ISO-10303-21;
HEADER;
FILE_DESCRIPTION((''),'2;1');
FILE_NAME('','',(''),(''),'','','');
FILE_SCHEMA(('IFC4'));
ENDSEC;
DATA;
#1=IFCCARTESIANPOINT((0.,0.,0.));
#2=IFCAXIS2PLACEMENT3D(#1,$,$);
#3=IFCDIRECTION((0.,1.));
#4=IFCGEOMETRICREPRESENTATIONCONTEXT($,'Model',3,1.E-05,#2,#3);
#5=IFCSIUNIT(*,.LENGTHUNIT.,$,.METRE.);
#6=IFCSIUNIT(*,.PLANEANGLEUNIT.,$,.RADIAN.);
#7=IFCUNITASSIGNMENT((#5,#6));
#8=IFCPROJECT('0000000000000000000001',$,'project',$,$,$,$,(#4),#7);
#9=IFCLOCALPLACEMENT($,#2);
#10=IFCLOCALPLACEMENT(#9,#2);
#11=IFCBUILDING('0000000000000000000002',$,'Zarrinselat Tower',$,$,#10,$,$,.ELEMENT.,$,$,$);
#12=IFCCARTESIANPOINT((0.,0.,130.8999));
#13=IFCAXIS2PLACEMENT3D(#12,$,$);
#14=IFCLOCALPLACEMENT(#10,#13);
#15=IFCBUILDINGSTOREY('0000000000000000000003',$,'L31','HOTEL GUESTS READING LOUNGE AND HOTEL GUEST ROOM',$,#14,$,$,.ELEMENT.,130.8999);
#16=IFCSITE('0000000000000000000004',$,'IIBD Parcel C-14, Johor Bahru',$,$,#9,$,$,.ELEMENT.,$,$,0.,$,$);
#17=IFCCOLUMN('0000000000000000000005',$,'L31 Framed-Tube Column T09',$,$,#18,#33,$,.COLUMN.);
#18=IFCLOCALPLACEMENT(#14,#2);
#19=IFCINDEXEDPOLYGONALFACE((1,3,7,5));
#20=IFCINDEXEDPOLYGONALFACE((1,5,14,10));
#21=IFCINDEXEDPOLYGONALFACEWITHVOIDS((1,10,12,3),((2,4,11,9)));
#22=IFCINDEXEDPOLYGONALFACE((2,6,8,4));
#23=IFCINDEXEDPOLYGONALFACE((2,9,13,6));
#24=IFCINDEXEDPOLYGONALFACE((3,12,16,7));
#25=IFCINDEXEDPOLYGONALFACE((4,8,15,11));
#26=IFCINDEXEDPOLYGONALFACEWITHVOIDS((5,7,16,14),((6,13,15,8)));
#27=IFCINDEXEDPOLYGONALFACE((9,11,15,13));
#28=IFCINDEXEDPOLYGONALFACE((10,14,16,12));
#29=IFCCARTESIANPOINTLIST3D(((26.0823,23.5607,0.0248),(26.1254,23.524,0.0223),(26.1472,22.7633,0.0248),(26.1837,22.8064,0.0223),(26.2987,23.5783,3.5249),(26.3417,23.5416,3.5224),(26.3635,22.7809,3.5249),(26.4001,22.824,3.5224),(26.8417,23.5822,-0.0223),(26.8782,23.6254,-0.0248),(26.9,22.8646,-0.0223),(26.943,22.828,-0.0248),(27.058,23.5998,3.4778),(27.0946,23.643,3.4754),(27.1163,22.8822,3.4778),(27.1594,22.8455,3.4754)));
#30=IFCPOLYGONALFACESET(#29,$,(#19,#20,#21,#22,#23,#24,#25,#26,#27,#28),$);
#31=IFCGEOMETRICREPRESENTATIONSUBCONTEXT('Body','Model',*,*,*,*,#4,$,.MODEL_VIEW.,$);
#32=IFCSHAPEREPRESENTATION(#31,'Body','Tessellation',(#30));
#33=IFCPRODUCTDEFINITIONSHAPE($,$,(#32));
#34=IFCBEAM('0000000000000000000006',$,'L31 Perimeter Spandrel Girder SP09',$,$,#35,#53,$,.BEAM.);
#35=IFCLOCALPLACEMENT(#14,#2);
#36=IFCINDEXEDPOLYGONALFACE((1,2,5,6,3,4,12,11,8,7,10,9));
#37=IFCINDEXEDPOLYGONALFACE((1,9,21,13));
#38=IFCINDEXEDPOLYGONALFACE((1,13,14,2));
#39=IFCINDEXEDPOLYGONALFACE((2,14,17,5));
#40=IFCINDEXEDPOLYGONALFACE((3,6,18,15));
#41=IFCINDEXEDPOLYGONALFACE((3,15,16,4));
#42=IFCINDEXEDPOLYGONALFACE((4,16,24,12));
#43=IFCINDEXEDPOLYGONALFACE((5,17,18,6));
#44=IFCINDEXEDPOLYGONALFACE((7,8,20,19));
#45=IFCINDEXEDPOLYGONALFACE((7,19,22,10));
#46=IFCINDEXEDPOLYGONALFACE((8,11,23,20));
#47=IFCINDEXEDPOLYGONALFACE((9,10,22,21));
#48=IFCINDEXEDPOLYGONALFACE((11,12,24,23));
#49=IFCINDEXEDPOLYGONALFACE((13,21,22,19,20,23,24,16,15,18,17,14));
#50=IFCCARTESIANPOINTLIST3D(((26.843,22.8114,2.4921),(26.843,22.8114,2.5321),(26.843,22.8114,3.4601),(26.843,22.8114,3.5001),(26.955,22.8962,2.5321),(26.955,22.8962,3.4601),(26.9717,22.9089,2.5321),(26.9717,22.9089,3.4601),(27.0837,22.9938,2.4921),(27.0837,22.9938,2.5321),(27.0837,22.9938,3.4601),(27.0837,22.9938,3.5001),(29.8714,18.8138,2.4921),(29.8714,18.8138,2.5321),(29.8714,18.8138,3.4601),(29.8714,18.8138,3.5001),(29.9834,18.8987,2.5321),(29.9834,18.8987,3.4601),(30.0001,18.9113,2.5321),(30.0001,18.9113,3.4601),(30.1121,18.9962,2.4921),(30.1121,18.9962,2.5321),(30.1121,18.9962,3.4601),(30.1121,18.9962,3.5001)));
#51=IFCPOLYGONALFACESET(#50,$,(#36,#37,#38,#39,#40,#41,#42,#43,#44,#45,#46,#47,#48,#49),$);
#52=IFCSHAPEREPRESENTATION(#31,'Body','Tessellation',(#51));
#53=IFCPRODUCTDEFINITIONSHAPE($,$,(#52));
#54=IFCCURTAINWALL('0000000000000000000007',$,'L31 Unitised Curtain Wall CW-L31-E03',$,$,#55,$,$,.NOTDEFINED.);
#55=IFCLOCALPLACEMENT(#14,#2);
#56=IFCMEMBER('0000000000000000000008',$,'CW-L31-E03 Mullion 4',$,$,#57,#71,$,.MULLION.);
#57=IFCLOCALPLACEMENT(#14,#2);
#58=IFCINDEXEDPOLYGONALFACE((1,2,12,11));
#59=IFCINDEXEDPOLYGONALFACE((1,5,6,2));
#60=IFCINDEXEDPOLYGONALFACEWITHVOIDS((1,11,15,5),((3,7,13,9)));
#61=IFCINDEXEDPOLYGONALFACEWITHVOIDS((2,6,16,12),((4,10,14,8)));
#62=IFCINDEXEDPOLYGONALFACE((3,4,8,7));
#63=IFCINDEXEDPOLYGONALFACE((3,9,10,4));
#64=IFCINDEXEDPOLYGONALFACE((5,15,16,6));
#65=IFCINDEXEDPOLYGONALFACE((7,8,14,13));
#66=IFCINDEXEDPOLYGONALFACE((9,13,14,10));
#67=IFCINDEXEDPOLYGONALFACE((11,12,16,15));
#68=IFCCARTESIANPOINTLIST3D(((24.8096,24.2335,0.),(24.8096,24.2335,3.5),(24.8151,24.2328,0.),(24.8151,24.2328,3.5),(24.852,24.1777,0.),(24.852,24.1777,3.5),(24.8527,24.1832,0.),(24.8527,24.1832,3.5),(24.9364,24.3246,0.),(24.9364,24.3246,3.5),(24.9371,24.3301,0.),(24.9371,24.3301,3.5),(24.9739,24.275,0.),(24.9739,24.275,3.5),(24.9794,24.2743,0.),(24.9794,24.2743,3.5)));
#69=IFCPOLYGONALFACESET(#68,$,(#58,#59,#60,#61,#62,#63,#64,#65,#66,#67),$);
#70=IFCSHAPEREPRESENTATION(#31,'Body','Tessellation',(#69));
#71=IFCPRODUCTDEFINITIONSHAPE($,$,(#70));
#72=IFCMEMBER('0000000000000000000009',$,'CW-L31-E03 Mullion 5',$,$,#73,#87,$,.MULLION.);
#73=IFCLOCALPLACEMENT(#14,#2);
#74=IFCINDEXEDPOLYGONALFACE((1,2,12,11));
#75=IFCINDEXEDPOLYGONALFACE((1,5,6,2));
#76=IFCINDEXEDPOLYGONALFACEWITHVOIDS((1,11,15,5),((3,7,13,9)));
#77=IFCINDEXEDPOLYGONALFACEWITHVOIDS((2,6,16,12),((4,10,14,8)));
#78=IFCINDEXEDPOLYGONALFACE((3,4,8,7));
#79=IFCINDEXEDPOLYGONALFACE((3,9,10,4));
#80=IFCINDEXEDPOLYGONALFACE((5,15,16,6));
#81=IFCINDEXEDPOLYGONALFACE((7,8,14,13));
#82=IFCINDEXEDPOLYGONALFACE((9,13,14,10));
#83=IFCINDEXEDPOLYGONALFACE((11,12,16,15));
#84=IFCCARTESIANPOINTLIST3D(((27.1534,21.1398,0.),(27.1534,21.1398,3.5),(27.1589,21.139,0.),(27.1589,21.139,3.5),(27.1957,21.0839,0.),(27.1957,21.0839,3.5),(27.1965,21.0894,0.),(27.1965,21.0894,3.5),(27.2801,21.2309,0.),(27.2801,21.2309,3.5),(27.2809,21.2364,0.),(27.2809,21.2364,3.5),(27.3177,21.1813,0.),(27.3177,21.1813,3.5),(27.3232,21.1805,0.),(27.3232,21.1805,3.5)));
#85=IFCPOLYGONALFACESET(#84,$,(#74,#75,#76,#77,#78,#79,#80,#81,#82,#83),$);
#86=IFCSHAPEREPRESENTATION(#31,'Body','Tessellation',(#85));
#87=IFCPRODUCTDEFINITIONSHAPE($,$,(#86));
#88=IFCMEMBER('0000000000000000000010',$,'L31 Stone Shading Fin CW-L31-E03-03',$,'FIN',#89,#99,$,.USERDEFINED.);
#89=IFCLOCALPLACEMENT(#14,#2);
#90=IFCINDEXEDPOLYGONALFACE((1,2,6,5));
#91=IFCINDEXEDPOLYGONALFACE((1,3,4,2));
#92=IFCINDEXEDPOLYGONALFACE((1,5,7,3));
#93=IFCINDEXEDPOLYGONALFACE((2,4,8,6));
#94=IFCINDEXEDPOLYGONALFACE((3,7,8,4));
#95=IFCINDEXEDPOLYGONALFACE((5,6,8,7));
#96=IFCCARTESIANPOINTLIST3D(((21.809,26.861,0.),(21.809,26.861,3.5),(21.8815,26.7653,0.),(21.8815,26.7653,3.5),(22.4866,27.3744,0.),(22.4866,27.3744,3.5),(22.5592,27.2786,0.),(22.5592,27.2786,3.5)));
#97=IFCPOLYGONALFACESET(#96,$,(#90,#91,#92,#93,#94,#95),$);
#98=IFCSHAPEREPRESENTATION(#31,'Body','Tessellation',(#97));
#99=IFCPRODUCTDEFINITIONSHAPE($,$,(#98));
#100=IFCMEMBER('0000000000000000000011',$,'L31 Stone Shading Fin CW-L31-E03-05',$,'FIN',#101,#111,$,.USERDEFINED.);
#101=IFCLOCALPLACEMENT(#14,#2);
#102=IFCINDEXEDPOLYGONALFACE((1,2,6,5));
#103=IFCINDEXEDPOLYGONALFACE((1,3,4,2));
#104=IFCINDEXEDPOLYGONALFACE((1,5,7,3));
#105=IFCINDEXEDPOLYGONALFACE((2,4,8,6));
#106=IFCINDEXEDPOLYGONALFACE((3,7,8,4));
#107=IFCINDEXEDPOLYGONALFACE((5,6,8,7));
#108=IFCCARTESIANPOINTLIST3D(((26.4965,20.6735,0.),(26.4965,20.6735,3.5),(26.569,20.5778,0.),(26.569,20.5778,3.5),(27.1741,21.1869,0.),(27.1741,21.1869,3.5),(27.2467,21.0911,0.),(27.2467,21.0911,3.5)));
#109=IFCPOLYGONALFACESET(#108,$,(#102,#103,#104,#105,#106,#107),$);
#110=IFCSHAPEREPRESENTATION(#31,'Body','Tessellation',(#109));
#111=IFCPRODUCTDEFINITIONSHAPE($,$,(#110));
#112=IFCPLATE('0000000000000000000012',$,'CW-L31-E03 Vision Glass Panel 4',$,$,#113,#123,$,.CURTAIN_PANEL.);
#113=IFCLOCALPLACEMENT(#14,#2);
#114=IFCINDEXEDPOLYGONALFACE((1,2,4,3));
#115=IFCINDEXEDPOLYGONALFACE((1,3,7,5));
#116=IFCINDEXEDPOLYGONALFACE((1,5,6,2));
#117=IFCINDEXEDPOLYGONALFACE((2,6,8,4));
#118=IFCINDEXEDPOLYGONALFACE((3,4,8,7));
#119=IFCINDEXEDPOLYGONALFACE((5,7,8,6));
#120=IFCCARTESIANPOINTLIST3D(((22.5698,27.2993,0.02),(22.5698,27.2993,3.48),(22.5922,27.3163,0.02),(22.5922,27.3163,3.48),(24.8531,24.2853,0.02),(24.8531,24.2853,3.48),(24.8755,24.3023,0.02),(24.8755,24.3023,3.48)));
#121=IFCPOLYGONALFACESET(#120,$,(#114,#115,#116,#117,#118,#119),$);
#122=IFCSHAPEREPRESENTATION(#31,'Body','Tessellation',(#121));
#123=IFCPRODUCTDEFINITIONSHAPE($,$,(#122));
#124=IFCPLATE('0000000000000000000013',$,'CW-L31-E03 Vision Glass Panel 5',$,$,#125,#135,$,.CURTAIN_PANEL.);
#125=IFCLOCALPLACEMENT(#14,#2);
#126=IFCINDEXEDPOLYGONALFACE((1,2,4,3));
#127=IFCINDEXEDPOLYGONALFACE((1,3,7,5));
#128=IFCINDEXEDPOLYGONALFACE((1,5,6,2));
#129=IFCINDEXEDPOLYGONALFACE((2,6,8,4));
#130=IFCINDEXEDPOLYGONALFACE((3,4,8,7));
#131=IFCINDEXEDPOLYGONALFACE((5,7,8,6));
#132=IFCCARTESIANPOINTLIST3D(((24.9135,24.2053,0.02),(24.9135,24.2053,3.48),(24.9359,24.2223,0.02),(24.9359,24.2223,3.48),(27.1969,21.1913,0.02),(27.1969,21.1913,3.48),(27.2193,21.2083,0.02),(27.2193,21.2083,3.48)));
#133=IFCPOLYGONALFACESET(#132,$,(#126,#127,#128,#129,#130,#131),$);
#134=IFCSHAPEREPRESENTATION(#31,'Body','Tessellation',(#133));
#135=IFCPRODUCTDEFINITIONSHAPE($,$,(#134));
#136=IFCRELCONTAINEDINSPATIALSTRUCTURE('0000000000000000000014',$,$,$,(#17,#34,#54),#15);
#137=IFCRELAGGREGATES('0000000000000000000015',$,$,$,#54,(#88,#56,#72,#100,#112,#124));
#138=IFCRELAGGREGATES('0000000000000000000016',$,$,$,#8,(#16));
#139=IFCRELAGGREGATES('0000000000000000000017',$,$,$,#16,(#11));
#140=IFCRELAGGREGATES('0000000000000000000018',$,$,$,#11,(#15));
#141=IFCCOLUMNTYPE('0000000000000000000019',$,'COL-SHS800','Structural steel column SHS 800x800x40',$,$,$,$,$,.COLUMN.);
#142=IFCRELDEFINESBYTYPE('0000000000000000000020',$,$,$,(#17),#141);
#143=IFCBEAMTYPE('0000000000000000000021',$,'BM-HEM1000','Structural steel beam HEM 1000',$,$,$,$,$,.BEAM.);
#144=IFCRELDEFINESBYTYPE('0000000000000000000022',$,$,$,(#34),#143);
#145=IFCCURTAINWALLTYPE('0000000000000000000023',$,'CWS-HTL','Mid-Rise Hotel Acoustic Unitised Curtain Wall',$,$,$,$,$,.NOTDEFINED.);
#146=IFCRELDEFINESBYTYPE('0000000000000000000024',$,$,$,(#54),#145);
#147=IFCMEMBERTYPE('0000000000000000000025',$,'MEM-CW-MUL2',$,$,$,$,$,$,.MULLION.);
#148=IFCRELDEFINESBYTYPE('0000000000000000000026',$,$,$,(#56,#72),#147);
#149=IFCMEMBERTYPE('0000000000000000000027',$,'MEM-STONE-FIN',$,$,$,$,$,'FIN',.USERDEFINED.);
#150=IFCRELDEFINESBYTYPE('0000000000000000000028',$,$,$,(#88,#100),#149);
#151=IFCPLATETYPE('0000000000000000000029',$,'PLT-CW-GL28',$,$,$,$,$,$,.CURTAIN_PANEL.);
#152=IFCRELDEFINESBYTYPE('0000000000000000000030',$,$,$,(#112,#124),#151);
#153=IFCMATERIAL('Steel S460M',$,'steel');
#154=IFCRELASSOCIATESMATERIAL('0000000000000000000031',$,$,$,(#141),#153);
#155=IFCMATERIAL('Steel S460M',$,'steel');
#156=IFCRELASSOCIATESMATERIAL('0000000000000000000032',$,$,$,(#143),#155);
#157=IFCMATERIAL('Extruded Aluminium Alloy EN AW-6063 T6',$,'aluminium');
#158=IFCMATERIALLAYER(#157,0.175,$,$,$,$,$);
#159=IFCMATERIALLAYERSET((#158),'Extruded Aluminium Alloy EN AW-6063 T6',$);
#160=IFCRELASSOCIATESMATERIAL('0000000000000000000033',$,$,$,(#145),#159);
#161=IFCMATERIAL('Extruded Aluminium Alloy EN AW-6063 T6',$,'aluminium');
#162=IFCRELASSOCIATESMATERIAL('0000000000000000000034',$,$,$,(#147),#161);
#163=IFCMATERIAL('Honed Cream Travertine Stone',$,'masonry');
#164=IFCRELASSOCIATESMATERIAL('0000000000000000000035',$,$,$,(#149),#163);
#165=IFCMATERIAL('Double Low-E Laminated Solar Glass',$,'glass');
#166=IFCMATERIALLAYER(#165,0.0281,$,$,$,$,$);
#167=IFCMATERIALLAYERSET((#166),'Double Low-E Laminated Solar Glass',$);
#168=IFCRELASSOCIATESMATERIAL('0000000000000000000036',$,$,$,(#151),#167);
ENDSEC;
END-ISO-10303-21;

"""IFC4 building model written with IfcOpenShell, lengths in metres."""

from ifc_helpers import new_model, si_unit, direction, frame, origin, origin_2d, place, context, subcontext, project, spatial, rectangle, hollow_rectangle, i_section, extrude, material, layer, layer_set, material_profile, profile_set, type_object, element, aggregate, save


model = new_model("IFC4")

# Units and contexts
model_context = context("Model", 3, precision=1e-05, world=origin(), true_north=direction((0.0, 1.0)))
body_context = subcontext(model_context, "Body", "Model", "MODEL_VIEW")
ifc_project = project(units=[si_unit("LENGTHUNIT", "METRE"), si_unit("PLANEANGLEUNIT", "RADIAN")], contexts=[model_context])

# Site, building, storey
site_placement = place(None, origin())
site = spatial("IfcSite", under=ifc_project, at=site_placement, Name="IIBD Parcel C-14, Johor Bahru", CompositionType="ELEMENT", RefElevation=0.0)
building_placement = place(site_placement, origin())
building = spatial("IfcBuilding", under=site, at=building_placement, Name="Zarrinselat Tower", CompositionType="ELEMENT")
storey_placement = place(building_placement, frame((0.0, 0.0, 130.8999)))
storey = spatial("IfcBuildingStorey", under=building, at=storey_placement, Name="L31", Description="HOTEL GUESTS READING LOUNGE AND HOTEL GUEST ROOM", CompositionType="ELEMENT", Elevation=130.8999)

# Column
ifc_material_1 = material(Name="Steel S460M", Category="steel")
ifc_material_profile_1 = material_profile(ifc_material_1, hollow_rectangle(XDim=0.8, YDim=0.8, WallThickness=0.04, at=origin_2d()), Name="SHS 800x800x40")
ifc_profile_set_1 = profile_set([ifc_material_profile_1], Name="Steel S460M")
column_type = type_object("IfcColumnType", Name="COL-SHS800", Description="Structural steel column SHS 800x800x40", PredefinedType="COLUMN", material=ifc_profile_set_1)
column_placement = place(storey_placement, frame((26.5127, 23.1943, 0.0), z_axis=(0.061684, 0.005013, 0.998083), x_axis=(-0.080997, 0.996714, 0.0)))
element("IfcColumn", 1, at=column_placement, inside=storey, type_object=column_type, Name="L31 Framed-Tube Column T09", PredefinedType="COLUMN", context=body_context, shape_type="SweptSolid", body=[
    extrude(hollow_rectangle(XDim=0.8, YDim=0.8, WallThickness=0.04, at=origin_2d()), origin(), (0.0, 0.0, 1.0), 3.5068),
])

# Beam
ifc_material_2 = material(Name="Steel S460M", Category="steel")
ifc_material_profile_2 = material_profile(ifc_material_2, i_section(OverallWidth=0.302, OverallDepth=1.0081, WebThickness=0.021, FlangeThickness=0.04, at=origin_2d()), Name="HEM 1000")
ifc_profile_set_2 = profile_set([ifc_material_profile_2], Name="Steel S460M")
beam_type = type_object("IfcBeamType", Name="BM-HEM1000", Description="Structural steel beam HEM 1000", PredefinedType="BEAM", material=ifc_profile_set_2)
beam_placement = place(storey_placement, frame((26.9634, 22.9026, 2.9961), z_axis=(0.603841, -0.797105, 0.0), x_axis=(0.797105, 0.603841, 0.0)))
element("IfcBeam", 2, at=beam_placement, inside=storey, type_object=beam_type, Name="L31 Perimeter Spandrel Girder SP09", PredefinedType="BEAM", context=body_context, shape_type="SweptSolid", body=[
    extrude(i_section(OverallWidth=0.302, OverallDepth=1.0081, WebThickness=0.021, FlangeThickness=0.04, at=origin_2d()), origin(), (0.0, 0.0, 1.0), 5.0151),
])

# Curtain wall, members, plates
ifc_material_3 = material(Name="Extruded Aluminium Alloy EN AW-6063 T6", Category="aluminium")
ifc_layer_1 = layer(ifc_material_3, 0.175)
ifc_layer_set_1 = layer_set([ifc_layer_1], Name="Extruded Aluminium Alloy EN AW-6063 T6")
curtain_wall_type = type_object("IfcCurtainWallType", Name="CWS-HTL", Description="Mid-Rise Hotel Acoustic Unitised Curtain Wall", PredefinedType="NOTDEFINED", material=ifc_layer_set_1)
curtain_wall_placement = place(storey_placement, origin())
curtain_wall = element("IfcCurtainWall", 3, at=curtain_wall_placement, inside=storey, type_object=curtain_wall_type, Name="L31 Unitised Curtain Wall CW-L31-E03", PredefinedType="NOTDEFINED")
ifc_material_4 = material(Name="Extruded Aluminium Alloy EN AW-6063 T6", Category="aluminium")
ifc_material_profile_3 = material_profile(ifc_material_4, hollow_rectangle(XDim=0.0701, YDim=0.1599, WallThickness=0.0039, at=origin_2d()), Name="RHS 160x70x4")
ifc_profile_set_3 = profile_set([ifc_material_profile_3], Name="Extruded Aluminium Alloy EN AW-6063 T6")
member_type_1 = type_object("IfcMemberType", Name="MEM-CW-MUL2", PredefinedType="MULLION", material=ifc_profile_set_3)
member_1_placement = place(storey_placement, frame((24.8945, 24.2539, 0.0), z_axis=(0.0, 0.0, 1.0), x_axis=(0.603858, -0.797092, 0.0)))
member_1 = element("IfcMember", 4, at=member_1_placement, type_object=member_type_1, Name="CW-L31-E03 Mullion 4", PredefinedType="MULLION", context=body_context, shape_type="SweptSolid", body=[
    extrude(hollow_rectangle(XDim=0.0701, YDim=0.1599, WallThickness=0.0039, at=origin_2d()), origin(), (0.0, 0.0, 1.0), 3.5),
])
member_2_placement = place(storey_placement, frame((27.2383, 21.1602, 0.0), z_axis=(0.0, 0.0, 1.0), x_axis=(0.603858, -0.797092, 0.0)))
member_2 = element("IfcMember", 5, at=member_2_placement, type_object=member_type_1, Name="CW-L31-E03 Mullion 5", PredefinedType="MULLION", context=body_context, shape_type="SweptSolid", body=[
    extrude(hollow_rectangle(XDim=0.0701, YDim=0.1599, WallThickness=0.0039, at=origin_2d()), origin(), (0.0, 0.0, 1.0), 3.5),
])
ifc_material_5 = material(Name="Honed Cream Travertine Stone", Category="masonry")
ifc_material_profile_4 = material_profile(ifc_material_5, rectangle(XDim=0.1201, YDim=0.8501, at=origin_2d()), Name="FIN 850x120")
ifc_profile_set_4 = profile_set([ifc_material_profile_4], Name="Honed Cream Travertine Stone")
member_type_2 = type_object("IfcMemberType", Name="MEM-STONE-FIN", ElementType="FIN", PredefinedType="USERDEFINED", material=ifc_profile_set_4)
member_3_placement = place(storey_placement, frame((22.1841, 27.0698, 0.0), z_axis=(0.0, 0.0, 1.0), x_axis=(-0.603858, 0.797092, 0.0)))
member_3 = element("IfcMember", 6, at=member_3_placement, type_object=member_type_2, Name="L31 Stone Shading Fin CW-L31-E03-03", ObjectType="FIN", PredefinedType="USERDEFINED", context=body_context, shape_type="SweptSolid", body=[
    extrude(rectangle(XDim=0.1201, YDim=0.8501, at=origin_2d()), origin(), (0.0, 0.0, 1.0), 3.5),
])
member_4_placement = place(storey_placement, frame((26.8716, 20.8823, 0.0), z_axis=(0.0, 0.0, 1.0), x_axis=(-0.603858, 0.797092, 0.0)))
member_4 = element("IfcMember", 7, at=member_4_placement, type_object=member_type_2, Name="L31 Stone Shading Fin CW-L31-E03-05", ObjectType="FIN", PredefinedType="USERDEFINED", context=body_context, shape_type="SweptSolid", body=[
    extrude(rectangle(XDim=0.1201, YDim=0.8501, at=origin_2d()), origin(), (0.0, 0.0, 1.0), 3.5),
])
ifc_material_6 = material(Name="Double Low-E Laminated Solar Glass", Category="glass")
ifc_layer_2 = layer(ifc_material_6, 0.0281)
ifc_layer_set_2 = layer_set([ifc_layer_2], Name="Double Low-E Laminated Solar Glass")
plate_type = type_object("IfcPlateType", Name="PLT-CW-GL28", PredefinedType="CURTAIN_PANEL", material=ifc_layer_set_2)
plate_1_placement = place(storey_placement, frame((23.7227, 25.8008, 0.02), z_axis=(0.0, 0.0, 1.0), x_axis=(0.603858, -0.797092, 0.0)))
plate_1 = element("IfcPlate", 8, at=plate_1_placement, type_object=plate_type, Name="CW-L31-E03 Vision Glass Panel 4", PredefinedType="CURTAIN_PANEL", context=body_context, shape_type="SweptSolid", body=[
    extrude(rectangle(XDim=3.7812, YDim=0.0281, at=origin_2d()), origin(), (0.0, 0.0, 1.0), 3.46),
])
plate_2_placement = place(storey_placement, frame((26.0664, 22.7068, 0.02), z_axis=(0.0, 0.0, 1.0), x_axis=(0.603858, -0.797092, 0.0)))
plate_2 = element("IfcPlate", 9, at=plate_2_placement, type_object=plate_type, Name="CW-L31-E03 Vision Glass Panel 5", PredefinedType="CURTAIN_PANEL", context=body_context, shape_type="SweptSolid", body=[
    extrude(rectangle(XDim=3.7812, YDim=0.0281, at=origin_2d()), origin(), (0.0, 0.0, 1.0), 3.46),
])
aggregate(curtain_wall, [member_3, member_1, member_2, member_4, plate_1, plate_2])

save(model, "model.ifc")
